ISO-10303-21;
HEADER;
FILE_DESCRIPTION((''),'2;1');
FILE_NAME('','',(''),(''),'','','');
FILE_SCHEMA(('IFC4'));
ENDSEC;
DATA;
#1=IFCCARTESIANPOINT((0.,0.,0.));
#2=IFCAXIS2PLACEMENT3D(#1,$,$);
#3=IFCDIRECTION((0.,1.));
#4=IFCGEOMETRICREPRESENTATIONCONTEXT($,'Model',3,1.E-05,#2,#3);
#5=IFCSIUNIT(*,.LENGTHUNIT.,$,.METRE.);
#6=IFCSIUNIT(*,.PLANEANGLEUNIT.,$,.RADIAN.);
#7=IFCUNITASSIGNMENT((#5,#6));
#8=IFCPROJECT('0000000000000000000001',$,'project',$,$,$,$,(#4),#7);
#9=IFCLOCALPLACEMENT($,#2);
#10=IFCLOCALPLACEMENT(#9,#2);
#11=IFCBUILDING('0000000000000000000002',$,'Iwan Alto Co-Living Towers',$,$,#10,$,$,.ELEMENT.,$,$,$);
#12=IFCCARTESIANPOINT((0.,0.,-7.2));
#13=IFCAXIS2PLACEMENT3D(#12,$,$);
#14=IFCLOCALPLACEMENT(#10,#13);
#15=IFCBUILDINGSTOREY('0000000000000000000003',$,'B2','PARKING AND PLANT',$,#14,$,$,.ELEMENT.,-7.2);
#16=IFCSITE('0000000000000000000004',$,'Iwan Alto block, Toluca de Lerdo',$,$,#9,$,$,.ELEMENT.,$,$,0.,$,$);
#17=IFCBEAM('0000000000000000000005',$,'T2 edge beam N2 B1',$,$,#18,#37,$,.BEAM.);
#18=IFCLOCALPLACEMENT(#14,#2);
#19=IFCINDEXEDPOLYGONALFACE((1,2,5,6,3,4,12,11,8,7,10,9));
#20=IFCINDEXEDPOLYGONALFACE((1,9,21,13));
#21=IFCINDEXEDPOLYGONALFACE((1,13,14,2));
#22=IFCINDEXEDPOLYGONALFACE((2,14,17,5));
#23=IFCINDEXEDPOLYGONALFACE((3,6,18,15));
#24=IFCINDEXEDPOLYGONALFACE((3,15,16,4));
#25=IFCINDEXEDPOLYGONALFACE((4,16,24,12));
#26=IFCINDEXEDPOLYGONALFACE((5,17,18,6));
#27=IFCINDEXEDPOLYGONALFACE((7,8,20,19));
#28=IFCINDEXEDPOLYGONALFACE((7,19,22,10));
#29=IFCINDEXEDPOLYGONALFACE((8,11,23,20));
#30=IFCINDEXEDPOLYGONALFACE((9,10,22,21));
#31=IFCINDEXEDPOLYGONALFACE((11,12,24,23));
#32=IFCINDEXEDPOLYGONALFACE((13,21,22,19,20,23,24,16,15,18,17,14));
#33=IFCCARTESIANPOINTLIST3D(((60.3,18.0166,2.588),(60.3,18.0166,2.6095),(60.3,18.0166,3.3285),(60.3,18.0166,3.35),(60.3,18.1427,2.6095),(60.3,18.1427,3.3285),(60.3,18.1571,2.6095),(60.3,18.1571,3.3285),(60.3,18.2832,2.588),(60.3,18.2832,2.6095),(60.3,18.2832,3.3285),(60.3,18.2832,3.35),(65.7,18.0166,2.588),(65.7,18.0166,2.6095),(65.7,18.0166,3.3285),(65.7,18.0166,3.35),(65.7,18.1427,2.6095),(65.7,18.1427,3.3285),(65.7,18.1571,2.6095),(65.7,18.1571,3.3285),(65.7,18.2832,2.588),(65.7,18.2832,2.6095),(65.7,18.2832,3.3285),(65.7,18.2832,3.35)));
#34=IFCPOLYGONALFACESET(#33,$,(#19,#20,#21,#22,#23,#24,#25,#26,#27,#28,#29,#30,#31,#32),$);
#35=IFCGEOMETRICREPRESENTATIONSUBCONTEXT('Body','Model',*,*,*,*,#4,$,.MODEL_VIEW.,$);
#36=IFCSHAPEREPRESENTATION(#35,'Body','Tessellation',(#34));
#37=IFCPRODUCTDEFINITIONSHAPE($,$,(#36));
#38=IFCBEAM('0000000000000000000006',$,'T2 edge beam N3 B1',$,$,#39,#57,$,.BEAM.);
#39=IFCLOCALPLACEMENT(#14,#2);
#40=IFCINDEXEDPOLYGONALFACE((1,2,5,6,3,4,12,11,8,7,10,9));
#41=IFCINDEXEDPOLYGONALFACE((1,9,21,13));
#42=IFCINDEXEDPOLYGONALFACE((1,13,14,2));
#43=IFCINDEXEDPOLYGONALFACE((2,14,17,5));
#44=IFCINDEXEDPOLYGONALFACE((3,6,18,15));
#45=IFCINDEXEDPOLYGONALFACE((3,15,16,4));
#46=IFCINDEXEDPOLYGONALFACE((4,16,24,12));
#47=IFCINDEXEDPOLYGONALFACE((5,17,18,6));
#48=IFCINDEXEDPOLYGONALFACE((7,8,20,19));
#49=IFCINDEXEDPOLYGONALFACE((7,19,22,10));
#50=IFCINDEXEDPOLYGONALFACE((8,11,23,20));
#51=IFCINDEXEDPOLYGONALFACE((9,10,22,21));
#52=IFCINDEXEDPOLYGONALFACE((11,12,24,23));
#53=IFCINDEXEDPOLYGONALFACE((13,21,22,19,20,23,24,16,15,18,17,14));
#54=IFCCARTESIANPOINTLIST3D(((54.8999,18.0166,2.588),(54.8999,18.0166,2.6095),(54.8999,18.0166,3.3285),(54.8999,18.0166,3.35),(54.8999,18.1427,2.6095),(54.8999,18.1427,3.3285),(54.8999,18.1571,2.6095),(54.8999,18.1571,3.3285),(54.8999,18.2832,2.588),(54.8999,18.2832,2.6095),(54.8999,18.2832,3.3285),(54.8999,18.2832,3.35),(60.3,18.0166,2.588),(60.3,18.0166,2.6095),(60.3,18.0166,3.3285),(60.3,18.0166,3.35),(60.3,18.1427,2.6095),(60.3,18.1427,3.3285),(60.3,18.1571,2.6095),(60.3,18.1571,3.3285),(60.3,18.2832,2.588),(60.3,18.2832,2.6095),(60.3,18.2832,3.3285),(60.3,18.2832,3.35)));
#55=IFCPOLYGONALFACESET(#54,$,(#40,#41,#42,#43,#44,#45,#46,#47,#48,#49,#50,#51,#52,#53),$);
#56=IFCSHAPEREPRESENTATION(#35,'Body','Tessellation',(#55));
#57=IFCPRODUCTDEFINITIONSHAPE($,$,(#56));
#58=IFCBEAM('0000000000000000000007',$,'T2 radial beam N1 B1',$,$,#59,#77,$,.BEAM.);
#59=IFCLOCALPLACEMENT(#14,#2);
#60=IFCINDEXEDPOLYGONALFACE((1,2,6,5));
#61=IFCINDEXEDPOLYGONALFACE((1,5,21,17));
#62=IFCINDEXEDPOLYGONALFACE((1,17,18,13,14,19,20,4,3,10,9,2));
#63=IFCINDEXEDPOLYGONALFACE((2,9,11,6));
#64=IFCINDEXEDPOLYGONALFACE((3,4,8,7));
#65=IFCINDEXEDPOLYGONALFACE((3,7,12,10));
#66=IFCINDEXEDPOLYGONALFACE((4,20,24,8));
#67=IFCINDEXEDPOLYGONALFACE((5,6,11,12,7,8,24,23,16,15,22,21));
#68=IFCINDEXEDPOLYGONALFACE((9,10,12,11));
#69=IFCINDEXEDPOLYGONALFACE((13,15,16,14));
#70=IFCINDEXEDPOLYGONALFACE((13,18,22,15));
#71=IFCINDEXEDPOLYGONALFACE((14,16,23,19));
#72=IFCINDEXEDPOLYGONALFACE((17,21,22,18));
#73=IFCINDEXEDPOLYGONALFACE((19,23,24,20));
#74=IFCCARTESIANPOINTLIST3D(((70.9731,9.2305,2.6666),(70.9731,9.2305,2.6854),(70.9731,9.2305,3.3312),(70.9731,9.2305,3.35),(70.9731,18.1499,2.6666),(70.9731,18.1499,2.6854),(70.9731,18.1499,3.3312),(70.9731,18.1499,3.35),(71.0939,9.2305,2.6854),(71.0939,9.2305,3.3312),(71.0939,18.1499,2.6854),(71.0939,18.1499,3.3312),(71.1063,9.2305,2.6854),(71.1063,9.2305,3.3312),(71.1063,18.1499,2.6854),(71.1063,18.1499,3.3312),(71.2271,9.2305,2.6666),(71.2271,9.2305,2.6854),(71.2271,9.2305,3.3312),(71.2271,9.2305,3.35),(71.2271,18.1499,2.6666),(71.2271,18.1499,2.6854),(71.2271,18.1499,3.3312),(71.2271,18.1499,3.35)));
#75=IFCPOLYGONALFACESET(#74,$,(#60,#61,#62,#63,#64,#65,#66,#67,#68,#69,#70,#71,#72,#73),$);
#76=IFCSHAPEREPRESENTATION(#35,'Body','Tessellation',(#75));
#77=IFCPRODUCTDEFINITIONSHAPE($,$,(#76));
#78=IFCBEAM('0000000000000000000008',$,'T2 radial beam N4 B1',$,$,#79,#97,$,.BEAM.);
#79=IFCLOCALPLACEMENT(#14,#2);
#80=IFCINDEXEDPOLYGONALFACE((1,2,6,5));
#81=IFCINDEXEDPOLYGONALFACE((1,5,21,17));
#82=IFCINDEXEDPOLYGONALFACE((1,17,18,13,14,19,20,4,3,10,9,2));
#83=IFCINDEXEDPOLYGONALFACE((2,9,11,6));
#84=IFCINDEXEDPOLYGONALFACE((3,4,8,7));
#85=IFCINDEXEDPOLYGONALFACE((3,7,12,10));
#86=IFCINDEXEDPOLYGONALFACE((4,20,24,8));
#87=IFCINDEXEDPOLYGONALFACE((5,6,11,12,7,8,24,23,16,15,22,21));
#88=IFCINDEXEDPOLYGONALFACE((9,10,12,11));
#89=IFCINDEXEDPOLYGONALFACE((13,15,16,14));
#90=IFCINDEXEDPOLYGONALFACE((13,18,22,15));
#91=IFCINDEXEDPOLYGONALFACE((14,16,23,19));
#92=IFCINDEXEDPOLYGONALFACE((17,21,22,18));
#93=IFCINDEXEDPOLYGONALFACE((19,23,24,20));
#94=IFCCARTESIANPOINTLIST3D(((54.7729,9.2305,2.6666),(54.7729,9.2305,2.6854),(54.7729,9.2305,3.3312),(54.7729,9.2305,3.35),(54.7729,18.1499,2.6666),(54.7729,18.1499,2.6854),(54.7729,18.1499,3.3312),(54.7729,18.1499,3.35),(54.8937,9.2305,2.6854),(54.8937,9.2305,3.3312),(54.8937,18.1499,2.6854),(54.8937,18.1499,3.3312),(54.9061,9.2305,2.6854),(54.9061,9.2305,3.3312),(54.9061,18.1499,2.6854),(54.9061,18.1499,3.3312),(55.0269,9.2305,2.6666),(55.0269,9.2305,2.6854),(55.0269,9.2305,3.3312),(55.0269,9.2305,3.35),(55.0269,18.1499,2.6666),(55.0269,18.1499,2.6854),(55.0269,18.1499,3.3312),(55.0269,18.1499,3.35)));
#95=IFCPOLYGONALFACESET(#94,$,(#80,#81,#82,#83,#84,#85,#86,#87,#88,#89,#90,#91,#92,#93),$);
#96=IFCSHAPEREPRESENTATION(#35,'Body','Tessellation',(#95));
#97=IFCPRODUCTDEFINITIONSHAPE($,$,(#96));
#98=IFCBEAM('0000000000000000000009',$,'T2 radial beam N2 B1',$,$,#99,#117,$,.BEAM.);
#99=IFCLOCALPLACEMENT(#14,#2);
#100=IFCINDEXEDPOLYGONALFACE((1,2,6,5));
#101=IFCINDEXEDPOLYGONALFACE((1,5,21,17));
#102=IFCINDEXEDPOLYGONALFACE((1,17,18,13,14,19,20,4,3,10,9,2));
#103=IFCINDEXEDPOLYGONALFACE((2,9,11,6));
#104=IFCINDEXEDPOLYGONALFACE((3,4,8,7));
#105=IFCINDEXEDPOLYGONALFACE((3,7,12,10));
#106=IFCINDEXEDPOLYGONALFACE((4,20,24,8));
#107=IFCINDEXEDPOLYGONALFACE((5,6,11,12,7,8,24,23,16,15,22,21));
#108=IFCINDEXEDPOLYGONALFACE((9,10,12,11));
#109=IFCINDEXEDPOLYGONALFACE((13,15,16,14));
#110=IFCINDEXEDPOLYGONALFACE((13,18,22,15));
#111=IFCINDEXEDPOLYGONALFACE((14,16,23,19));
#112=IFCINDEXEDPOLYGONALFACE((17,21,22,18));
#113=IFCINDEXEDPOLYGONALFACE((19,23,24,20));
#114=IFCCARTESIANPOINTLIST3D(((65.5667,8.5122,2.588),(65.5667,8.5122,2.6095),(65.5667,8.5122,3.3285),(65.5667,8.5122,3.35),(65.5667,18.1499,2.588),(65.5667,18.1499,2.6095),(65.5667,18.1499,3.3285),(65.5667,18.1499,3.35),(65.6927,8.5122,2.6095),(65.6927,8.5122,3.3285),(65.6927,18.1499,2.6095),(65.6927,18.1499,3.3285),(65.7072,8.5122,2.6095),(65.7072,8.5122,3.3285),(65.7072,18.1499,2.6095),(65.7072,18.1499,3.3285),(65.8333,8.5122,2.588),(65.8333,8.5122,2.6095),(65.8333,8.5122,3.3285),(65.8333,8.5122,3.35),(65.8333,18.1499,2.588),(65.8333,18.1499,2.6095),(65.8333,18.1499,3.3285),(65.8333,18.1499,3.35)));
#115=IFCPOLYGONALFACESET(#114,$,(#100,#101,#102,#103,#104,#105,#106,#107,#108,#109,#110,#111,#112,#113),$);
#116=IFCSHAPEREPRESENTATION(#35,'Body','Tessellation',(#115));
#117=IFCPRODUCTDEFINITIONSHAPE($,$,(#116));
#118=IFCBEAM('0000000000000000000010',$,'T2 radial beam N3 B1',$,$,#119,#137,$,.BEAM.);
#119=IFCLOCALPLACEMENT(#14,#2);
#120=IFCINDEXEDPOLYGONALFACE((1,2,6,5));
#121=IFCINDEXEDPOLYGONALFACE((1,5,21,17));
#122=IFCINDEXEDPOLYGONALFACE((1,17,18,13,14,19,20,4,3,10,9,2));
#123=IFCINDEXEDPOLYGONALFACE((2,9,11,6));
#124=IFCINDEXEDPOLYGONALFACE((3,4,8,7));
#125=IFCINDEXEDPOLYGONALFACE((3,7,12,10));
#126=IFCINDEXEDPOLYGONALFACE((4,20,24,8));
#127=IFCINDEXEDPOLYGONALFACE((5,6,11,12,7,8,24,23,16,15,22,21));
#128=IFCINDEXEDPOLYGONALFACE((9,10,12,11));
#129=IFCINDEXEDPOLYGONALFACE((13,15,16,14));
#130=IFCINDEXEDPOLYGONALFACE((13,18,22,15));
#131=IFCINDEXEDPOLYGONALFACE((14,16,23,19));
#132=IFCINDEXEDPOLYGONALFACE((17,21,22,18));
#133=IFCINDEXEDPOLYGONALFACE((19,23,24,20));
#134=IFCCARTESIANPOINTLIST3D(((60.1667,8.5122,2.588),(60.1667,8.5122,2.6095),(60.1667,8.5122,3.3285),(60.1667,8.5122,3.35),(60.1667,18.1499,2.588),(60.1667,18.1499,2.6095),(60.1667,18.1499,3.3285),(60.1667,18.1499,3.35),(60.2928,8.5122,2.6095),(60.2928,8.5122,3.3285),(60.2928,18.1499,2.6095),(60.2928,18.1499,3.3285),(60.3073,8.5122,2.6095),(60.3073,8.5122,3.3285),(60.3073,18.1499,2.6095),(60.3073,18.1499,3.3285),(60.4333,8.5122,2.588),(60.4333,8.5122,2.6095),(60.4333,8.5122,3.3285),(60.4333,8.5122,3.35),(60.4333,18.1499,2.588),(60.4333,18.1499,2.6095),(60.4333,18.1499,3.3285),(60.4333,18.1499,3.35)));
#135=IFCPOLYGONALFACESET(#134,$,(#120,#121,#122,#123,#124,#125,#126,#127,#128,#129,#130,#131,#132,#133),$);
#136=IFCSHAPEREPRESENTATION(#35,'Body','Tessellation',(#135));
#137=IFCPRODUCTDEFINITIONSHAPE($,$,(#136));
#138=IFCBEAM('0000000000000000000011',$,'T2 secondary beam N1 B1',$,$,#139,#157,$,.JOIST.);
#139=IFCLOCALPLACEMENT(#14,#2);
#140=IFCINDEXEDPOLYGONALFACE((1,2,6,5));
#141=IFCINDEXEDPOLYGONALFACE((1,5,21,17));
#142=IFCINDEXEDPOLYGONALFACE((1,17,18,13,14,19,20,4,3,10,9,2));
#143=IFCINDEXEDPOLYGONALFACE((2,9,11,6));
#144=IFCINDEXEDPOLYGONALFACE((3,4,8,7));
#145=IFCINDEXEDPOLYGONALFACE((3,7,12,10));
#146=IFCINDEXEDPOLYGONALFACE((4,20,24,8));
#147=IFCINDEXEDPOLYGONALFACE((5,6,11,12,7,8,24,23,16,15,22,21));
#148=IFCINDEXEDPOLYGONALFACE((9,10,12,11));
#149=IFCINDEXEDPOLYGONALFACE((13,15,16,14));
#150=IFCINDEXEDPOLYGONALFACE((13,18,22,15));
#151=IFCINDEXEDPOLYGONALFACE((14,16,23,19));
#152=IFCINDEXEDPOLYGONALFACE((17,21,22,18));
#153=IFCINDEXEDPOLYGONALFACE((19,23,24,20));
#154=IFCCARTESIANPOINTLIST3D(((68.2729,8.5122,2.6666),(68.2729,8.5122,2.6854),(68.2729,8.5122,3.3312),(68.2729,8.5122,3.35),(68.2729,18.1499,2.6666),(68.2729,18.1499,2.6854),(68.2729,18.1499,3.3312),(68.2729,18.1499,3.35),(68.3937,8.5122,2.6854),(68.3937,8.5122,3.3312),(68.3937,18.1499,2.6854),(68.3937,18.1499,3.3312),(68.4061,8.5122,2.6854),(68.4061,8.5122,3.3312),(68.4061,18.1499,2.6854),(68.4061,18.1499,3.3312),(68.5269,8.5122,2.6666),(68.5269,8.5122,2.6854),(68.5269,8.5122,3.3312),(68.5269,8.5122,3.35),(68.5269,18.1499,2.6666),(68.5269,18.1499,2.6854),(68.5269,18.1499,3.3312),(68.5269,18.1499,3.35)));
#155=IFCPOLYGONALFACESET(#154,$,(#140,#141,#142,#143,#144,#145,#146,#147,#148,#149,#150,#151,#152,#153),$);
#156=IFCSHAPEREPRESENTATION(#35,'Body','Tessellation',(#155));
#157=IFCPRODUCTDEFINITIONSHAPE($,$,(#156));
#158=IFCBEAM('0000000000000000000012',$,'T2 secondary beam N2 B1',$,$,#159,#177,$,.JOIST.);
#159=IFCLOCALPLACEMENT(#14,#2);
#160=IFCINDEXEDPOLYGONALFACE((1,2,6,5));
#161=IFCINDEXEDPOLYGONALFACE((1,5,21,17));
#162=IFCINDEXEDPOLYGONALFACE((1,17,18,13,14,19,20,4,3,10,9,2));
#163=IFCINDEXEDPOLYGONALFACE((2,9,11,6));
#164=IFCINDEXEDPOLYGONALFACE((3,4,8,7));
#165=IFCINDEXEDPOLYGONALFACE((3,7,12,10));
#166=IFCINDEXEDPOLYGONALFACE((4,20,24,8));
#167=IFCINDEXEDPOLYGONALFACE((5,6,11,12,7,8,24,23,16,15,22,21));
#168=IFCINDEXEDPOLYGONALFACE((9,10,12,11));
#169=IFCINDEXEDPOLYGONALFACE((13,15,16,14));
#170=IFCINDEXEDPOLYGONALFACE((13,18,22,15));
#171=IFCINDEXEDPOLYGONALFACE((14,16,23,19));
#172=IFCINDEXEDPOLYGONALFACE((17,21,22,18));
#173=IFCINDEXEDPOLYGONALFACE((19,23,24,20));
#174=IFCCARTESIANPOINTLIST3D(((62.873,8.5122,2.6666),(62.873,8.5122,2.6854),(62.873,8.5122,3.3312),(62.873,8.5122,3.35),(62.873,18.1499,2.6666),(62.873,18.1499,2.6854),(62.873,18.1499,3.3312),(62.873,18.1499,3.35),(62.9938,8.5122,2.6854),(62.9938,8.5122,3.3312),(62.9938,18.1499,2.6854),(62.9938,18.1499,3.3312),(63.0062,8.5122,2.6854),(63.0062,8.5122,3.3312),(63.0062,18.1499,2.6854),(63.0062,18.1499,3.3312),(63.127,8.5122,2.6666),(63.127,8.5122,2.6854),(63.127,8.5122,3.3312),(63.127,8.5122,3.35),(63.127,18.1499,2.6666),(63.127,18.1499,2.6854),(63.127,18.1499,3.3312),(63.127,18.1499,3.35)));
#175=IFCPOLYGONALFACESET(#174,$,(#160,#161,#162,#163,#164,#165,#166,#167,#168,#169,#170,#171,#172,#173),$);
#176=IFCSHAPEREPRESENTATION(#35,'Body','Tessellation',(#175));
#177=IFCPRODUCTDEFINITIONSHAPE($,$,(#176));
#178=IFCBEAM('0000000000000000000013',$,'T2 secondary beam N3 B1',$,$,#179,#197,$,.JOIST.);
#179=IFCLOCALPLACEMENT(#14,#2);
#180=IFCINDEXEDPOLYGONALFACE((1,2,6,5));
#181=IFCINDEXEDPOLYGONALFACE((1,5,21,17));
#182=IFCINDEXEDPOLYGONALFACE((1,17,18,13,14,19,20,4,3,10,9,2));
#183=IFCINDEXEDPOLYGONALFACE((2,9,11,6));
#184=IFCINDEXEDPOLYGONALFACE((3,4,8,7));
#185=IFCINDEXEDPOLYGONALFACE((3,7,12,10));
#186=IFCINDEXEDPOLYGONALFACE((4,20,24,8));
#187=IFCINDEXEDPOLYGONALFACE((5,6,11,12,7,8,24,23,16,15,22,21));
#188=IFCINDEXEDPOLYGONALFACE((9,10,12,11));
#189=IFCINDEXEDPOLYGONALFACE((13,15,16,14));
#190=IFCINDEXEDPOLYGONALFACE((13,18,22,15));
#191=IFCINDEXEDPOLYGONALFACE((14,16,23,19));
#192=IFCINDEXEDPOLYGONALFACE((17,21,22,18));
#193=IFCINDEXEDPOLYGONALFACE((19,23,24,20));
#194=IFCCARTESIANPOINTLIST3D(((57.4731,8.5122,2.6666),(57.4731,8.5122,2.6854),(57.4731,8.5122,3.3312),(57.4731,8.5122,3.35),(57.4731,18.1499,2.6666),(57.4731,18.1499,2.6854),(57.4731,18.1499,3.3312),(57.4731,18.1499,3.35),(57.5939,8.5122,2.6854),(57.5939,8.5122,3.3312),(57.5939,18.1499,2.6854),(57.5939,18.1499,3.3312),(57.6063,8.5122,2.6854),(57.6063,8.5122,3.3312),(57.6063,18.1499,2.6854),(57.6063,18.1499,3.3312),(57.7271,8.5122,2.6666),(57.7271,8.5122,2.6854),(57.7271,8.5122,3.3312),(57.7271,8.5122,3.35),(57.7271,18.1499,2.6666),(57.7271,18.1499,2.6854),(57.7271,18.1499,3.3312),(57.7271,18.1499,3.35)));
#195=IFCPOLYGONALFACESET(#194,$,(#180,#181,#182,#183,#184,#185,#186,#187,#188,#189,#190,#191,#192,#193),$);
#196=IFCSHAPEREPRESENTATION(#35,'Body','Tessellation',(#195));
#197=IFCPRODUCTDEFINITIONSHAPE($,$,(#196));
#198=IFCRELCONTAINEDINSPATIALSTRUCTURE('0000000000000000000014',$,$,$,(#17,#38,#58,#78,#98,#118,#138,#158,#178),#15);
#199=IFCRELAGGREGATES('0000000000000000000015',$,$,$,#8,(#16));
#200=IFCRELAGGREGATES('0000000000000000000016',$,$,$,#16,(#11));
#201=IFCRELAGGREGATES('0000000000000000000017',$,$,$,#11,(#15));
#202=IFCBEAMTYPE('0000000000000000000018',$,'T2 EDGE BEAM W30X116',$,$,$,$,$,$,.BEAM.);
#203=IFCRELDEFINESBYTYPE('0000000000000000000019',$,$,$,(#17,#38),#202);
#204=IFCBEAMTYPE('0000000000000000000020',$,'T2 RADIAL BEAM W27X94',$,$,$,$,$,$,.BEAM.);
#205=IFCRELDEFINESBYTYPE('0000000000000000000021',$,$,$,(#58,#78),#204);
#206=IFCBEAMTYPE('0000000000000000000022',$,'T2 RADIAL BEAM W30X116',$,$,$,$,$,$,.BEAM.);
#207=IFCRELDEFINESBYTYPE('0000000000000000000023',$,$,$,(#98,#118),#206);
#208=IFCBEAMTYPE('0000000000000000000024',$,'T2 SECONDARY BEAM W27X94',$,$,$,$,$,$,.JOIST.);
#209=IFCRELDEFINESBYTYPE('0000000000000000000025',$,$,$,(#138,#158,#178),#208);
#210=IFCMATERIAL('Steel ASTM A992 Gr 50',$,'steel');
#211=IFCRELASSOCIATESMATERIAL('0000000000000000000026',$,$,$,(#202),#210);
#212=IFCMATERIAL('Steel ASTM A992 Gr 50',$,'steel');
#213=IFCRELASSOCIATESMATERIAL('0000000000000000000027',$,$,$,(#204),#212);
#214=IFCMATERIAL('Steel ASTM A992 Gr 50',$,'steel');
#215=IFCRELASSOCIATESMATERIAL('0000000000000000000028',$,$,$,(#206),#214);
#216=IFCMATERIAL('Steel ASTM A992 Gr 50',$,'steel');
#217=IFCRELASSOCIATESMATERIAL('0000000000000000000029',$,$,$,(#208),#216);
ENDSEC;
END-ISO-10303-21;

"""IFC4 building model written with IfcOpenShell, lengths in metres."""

from ifc_helpers import new_model, si_unit, direction, frame, origin, origin_2d, place, context, subcontext, project, spatial, i_section, extrude, material, material_profile, profile_set, type_object, element, save


model = new_model("IFC4")

# Units and contexts
model_context = context("Model", 3, precision=1e-05, world=origin(), true_north=direction((0.0, 1.0)))
body_context = subcontext(model_context, "Body", "Model", "MODEL_VIEW")
ifc_project = project(units=[si_unit("LENGTHUNIT", "METRE"), si_unit("PLANEANGLEUNIT", "RADIAN")], contexts=[model_context])

# Site, building, storey
site_placement = place(None, origin())
site = spatial("IfcSite", under=ifc_project, at=site_placement, Name="Iwan Alto block, Toluca de Lerdo", CompositionType="ELEMENT", RefElevation=0.0)
building_placement = place(site_placement, origin())
building = spatial("IfcBuilding", under=site, at=building_placement, Name="Iwan Alto Co-Living Towers", CompositionType="ELEMENT")
storey_placement = place(building_placement, frame((0.0, 0.0, -7.2)))
storey = spatial("IfcBuildingStorey", under=building, at=storey_placement, Name="B2", Description="PARKING AND PLANT", CompositionType="ELEMENT", Elevation=-7.2)

# Beams
ifc_material_1 = material(Name="Steel ASTM A992 Gr 50", Category="steel")
ifc_material_profile_1 = material_profile(ifc_material_1, i_section(OverallWidth=0.2666, OverallDepth=0.762, WebThickness=0.0144, FlangeThickness=0.0215, at=origin_2d()), Name="W30X116")
ifc_profile_set_1 = profile_set([ifc_material_profile_1], Name="Steel ASTM A992 Gr 50")
beam_type_1 = type_object("IfcBeamType", Name="T2 EDGE BEAM W30X116", PredefinedType="BEAM", material=ifc_profile_set_1)
beam_1_placement = place(storey_placement, frame((65.7, 18.1499, 2.969), z_axis=(-1.0, 0.0, 0.0), x_axis=(0.0, -1.0, 0.0)))
element("IfcBeam", 1, at=beam_1_placement, inside=storey, type_object=beam_type_1, Name="T2 edge beam N2 B1", PredefinedType="BEAM", context=body_context, shape_type="SweptSolid", body=[
    extrude(i_section(OverallWidth=0.2666, OverallDepth=0.762, WebThickness=0.0144, FlangeThickness=0.0215, at=origin_2d()), origin(), (0.0, 0.0, 1.0), 5.3999),
])
beam_2_placement = place(storey_placement, frame((60.3, 18.1499, 2.969), z_axis=(-1.0, 0.0, 0.0), x_axis=(0.0, -1.0, 0.0)))
element("IfcBeam", 2, at=beam_2_placement, inside=storey, type_object=beam_type_1, Name="T2 edge beam N3 B1", PredefinedType="BEAM", context=body_context, shape_type="SweptSolid", body=[
    extrude(i_section(OverallWidth=0.2666, OverallDepth=0.762, WebThickness=0.0144, FlangeThickness=0.0215, at=origin_2d()), origin(), (0.0, 0.0, 1.0), 5.4001),
])
ifc_material_2 = material(Name="Steel ASTM A992 Gr 50", Category="steel")
ifc_material_profile_2 = material_profile(ifc_material_2, i_section(OverallWidth=0.2539, OverallDepth=0.6833, WebThickness=0.0125, FlangeThickness=0.0188, at=origin_2d()), Name="W27X94")
ifc_profile_set_2 = profile_set([ifc_material_profile_2], Name="Steel ASTM A992 Gr 50")
beam_type_2 = type_object("IfcBeamType", Name="T2 RADIAL BEAM W27X94", PredefinedType="BEAM", material=ifc_profile_set_2)
for number, where, z_axis, x_axis, name in (
    (3, (71.1001, 18.1499, 3.0083), (0.0, -1.0, 0.0), (1.0, 0.0, 0.0), "T2 radial beam N1 B1"),
    (4, (54.8999, 18.1499, 3.0083), (0.0, -1.0, 0.0), (1.0, 0.0, 0.0), "T2 radial beam N4 B1"),
):
    element("IfcBeam", number, at=place(storey_placement, frame(where, z_axis=z_axis, x_axis=x_axis)), inside=storey, type_object=beam_type_2, Name=name, PredefinedType="BEAM", context=body_context, shape_type="SweptSolid", body=[
        extrude(i_section(OverallWidth=0.2539, OverallDepth=0.6833, WebThickness=0.0125, FlangeThickness=0.0188, at=origin_2d()), origin(), (0.0, 0.0, 1.0), 8.9194),
    ])
ifc_material_3 = material(Name="Steel ASTM A992 Gr 50", Category="steel")
ifc_material_profile_3 = material_profile(ifc_material_3, i_section(OverallWidth=0.2666, OverallDepth=0.762, WebThickness=0.0144, FlangeThickness=0.0215, at=origin_2d()), Name="W30X116")
ifc_profile_set_3 = profile_set([ifc_material_profile_3], Name="Steel ASTM A992 Gr 50")
beam_type_3 = type_object("IfcBeamType", Name="T2 RADIAL BEAM W30X116", PredefinedType="BEAM", material=ifc_profile_set_3)
for number, where, z_axis, x_axis, name in (
    (5, (65.7, 18.1499, 2.969), (0.0, -1.0, 0.0), (1.0, 0.0, 0.0), "T2 radial beam N2 B1"),
    (6, (60.3, 18.1499, 2.969), (0.0, -1.0, 0.0), (1.0, 0.0, 0.0), "T2 radial beam N3 B1"),
):
    element("IfcBeam", number, at=place(storey_placement, frame(where, z_axis=z_axis, x_axis=x_axis)), inside=storey, type_object=beam_type_3, Name=name, PredefinedType="BEAM", context=body_context, shape_type="SweptSolid", body=[
        extrude(i_section(OverallWidth=0.2666, OverallDepth=0.762, WebThickness=0.0144, FlangeThickness=0.0215, at=origin_2d()), origin(), (0.0, 0.0, 1.0), 9.6377),
    ])
ifc_material_4 = material(Name="Steel ASTM A992 Gr 50", Category="steel")
ifc_material_profile_4 = material_profile(ifc_material_4, i_section(OverallWidth=0.2539, OverallDepth=0.6833, WebThickness=0.0125, FlangeThickness=0.0188, at=origin_2d()), Name="W27X94")
ifc_profile_set_4 = profile_set([ifc_material_profile_4], Name="Steel ASTM A992 Gr 50")
beam_type_4 = type_object("IfcBeamType", Name="T2 SECONDARY BEAM W27X94", PredefinedType="JOIST", material=ifc_profile_set_4)
for number, where, z_axis, x_axis, name in (
    (7, (68.3999, 18.1499, 3.0083), (0.0, -1.0, 0.0), (1.0, 0.0, 0.0), "T2 secondary beam N1 B1"),
    (8, (63.0, 18.1499, 3.0083), (0.0, -1.0, 0.0), (1.0, 0.0, 0.0), "T2 secondary beam N2 B1"),
    (9, (57.6001, 18.1499, 3.0083), (0.0, -1.0, 0.0), (1.0, 0.0, 0.0), "T2 secondary beam N3 B1"),
):
    element("IfcBeam", number, at=place(storey_placement, frame(where, z_axis=z_axis, x_axis=x_axis)), inside=storey, type_object=beam_type_4, Name=name, PredefinedType="JOIST", context=body_context, shape_type="SweptSolid", body=[
        extrude(i_section(OverallWidth=0.2539, OverallDepth=0.6833, WebThickness=0.0125, FlangeThickness=0.0188, at=origin_2d()), origin(), (0.0, 0.0, 1.0), 9.6377),
    ])

save(model, "model.ifc")
